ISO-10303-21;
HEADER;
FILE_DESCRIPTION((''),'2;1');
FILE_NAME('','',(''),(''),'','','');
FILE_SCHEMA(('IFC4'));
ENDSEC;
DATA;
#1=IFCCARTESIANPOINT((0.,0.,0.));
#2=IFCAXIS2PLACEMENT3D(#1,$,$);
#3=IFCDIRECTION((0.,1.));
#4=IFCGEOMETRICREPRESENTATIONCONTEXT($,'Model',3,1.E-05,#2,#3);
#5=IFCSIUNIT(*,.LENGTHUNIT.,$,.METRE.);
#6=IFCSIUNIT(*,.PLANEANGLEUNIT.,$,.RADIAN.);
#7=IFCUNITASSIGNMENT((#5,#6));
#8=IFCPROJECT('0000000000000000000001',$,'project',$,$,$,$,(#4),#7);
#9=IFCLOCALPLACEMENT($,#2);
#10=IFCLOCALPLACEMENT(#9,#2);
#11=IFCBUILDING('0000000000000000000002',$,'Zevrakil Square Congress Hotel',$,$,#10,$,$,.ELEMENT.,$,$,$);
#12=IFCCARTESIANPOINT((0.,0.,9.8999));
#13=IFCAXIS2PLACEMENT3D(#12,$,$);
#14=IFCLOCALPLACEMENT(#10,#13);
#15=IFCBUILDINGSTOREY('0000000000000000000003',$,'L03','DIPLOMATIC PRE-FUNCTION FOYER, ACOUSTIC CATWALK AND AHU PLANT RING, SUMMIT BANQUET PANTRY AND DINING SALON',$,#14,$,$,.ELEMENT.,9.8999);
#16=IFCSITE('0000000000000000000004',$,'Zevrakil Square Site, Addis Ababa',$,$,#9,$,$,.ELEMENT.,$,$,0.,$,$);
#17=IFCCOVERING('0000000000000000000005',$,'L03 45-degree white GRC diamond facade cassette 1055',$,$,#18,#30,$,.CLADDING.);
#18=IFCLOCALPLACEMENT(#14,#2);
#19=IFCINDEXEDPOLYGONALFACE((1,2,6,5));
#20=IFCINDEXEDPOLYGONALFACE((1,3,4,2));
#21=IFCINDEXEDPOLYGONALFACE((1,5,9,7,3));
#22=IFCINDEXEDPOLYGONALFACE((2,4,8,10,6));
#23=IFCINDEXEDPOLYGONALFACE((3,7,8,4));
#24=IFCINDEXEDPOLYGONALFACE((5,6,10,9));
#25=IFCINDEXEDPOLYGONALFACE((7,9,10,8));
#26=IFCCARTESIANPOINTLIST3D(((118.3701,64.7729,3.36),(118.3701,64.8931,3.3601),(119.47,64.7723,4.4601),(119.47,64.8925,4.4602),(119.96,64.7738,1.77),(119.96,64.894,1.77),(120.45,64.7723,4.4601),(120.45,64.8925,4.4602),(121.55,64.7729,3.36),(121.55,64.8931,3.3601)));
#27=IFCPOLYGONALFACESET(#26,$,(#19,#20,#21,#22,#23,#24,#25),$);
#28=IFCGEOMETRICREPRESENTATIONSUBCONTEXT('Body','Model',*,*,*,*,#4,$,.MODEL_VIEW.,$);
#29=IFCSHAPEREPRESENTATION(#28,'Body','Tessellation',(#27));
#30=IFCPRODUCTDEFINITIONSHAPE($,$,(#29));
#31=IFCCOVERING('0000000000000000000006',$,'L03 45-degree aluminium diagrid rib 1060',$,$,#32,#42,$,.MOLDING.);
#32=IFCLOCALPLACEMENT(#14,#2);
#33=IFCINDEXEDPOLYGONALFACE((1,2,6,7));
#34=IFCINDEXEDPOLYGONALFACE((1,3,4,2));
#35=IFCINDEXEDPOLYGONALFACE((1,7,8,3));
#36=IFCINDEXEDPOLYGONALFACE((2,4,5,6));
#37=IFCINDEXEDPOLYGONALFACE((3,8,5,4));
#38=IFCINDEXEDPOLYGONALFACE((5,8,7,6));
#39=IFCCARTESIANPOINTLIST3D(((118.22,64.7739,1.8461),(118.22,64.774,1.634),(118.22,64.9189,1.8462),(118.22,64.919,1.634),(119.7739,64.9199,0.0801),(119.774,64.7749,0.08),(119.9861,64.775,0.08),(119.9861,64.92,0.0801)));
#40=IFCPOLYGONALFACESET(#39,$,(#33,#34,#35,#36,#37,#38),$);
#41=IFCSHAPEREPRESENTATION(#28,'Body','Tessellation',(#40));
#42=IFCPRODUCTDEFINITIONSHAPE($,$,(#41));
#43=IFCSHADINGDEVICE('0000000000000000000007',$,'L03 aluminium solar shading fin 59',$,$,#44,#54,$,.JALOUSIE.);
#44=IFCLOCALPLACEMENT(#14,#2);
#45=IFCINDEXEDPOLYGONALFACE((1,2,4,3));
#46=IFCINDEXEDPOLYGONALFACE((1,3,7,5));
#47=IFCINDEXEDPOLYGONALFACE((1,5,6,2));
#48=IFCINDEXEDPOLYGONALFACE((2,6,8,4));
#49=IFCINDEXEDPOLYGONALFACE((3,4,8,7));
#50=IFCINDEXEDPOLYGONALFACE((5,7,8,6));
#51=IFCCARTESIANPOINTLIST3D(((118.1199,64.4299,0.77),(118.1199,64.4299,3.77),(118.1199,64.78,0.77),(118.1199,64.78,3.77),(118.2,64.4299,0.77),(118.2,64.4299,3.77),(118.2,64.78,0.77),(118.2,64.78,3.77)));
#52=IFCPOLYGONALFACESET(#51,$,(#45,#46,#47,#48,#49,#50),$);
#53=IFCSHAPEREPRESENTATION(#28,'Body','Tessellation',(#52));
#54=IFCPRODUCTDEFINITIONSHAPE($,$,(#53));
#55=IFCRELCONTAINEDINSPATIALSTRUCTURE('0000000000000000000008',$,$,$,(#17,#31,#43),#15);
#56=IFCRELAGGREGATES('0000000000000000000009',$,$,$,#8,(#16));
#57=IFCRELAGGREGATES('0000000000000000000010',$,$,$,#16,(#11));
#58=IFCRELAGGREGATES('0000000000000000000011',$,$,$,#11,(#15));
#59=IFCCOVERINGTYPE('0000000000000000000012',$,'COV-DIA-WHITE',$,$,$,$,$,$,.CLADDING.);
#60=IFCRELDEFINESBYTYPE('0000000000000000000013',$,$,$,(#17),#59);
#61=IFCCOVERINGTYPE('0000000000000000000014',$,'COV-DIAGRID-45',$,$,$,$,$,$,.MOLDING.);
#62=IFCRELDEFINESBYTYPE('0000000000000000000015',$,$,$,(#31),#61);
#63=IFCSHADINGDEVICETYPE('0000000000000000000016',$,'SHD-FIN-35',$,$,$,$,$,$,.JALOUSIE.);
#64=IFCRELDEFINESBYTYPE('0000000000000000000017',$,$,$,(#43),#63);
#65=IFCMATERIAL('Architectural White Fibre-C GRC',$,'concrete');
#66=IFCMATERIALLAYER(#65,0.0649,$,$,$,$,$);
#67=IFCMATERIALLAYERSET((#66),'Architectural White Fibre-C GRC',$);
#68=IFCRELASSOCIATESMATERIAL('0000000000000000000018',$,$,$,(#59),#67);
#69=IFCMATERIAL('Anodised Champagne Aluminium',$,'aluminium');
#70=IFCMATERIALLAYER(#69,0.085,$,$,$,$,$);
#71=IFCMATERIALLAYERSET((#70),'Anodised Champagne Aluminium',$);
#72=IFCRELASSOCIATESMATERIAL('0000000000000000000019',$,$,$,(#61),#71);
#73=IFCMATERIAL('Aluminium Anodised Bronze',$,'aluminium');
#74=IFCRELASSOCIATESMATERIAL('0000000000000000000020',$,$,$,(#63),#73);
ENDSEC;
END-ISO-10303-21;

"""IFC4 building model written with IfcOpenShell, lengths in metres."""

from ifc_helpers import new_model, si_unit, direction, frame, origin, origin_2d, place, context, subcontext, project, spatial, polyline, rectangle, outline, extrude, material, layer, layer_set, type_object, element, save


model = new_model("IFC4")

# Units and contexts
model_context = context("Model", 3, precision=1e-05, world=origin(), true_north=direction((0.0, 1.0)))
body_context = subcontext(model_context, "Body", "Model", "MODEL_VIEW")
ifc_project = project(units=[si_unit("LENGTHUNIT", "METRE"), si_unit("PLANEANGLEUNIT", "RADIAN")], contexts=[model_context])

# Site, building, storey
site_placement = place(None, origin())
site = spatial("IfcSite", under=ifc_project, at=site_placement, Name="Zevrakil Square Site, Addis Ababa", CompositionType="ELEMENT", RefElevation=0.0)
building_placement = place(site_placement, origin())
building = spatial("IfcBuilding", under=site, at=building_placement, Name="Zevrakil Square Congress Hotel", CompositionType="ELEMENT")
storey_placement = place(building_placement, frame((0.0, 0.0, 9.8999)))
storey = spatial("IfcBuildingStorey", under=building, at=storey_placement, Name="L03", Description="DIPLOMATIC PRE-FUNCTION FOYER, ACOUSTIC CATWALK AND AHU PLANT RING, SUMMIT BANQUET PANTRY AND DINING SALON", CompositionType="ELEMENT", Elevation=9.8999)

# Coverings
ifc_material_1 = material(Name="Architectural White Fibre-C GRC", Category="concrete")
ifc_layer_1 = layer(ifc_material_1, 0.0649)
ifc_layer_set_1 = layer_set([ifc_layer_1], Name="Architectural White Fibre-C GRC")
covering_type_1 = type_object("IfcCoveringType", Name="COV-DIA-WHITE", PredefinedType="CLADDING", material=ifc_layer_set_1)
covering_1_placement = place(storey_placement, frame((118.3701, 64.8931, 3.3601), z_axis=(0.0, 1.0, 0.000558), x_axis=(0.707052, 0.000395, -0.707161)))
element("IfcCovering", 1, at=covering_1_placement, inside=storey, type_object=covering_type_1, Name="L03 45-degree white GRC diamond facade cassette 1055", PredefinedType="CLADDING", context=body_context, shape_type="SweptSolid", body=[
    extrude(outline(polyline([(0.0, 0.0), (2.2486, 0.0), (2.2484, -2.2487), (0.6926, -2.2486), (-0.0003, -1.5556), (0.0, 0.0)])), origin(), (0.0, 0.0, -1.0), 0.1201),
])
ifc_material_2 = material(Name="Anodised Champagne Aluminium", Category="aluminium")
ifc_layer_2 = layer(ifc_material_2, 0.085)
ifc_layer_set_2 = layer_set([ifc_layer_2], Name="Anodised Champagne Aluminium")
covering_type_2 = type_object("IfcCoveringType", Name="COV-DIAGRID-45", PredefinedType="MOLDING", material=ifc_layer_set_2)
covering_2_placement = place(storey_placement, frame((119.7739, 64.9199, 0.0801), z_axis=(-0.000294, 1.0, 0.000294), x_axis=(1.0, 0.000294, 0.0)))
element("IfcCovering", 2, at=covering_2_placement, inside=storey, type_object=covering_type_2, Name="L03 45-degree aluminium diagrid rib 1060", PredefinedType="MOLDING", context=body_context, shape_type="SweptSolid", body=[
    extrude(outline(polyline([(0.0, 0.0), (0.2122, 0.0), (-1.554, -1.7661), (-1.554, -1.554), (0.0, 0.0)])), origin(), (0.0, 0.0, -1.0), 0.145),
])

# Shading device
ifc_material_3 = material(Name="Aluminium Anodised Bronze", Category="aluminium")
shading_device_type = type_object("IfcShadingDeviceType", Name="SHD-FIN-35", PredefinedType="JALOUSIE", material=ifc_material_3)
shading_device_placement = place(storey_placement, frame((118.1599, 64.605, 0.77), z_axis=(0.0, 0.0, 1.0), x_axis=(0.0, -1.0, 0.0)))
element("IfcShadingDevice", 3, at=shading_device_placement, inside=storey, type_object=shading_device_type, Name="L03 aluminium solar shading fin 59", PredefinedType="JALOUSIE", context=body_context, shape_type="SweptSolid", body=[
    extrude(rectangle(XDim=0.3501, YDim=0.0801, at=origin_2d()), origin(), (0.0, 0.0, 1.0), 3.0),
])

save(model, "model.ifc")
